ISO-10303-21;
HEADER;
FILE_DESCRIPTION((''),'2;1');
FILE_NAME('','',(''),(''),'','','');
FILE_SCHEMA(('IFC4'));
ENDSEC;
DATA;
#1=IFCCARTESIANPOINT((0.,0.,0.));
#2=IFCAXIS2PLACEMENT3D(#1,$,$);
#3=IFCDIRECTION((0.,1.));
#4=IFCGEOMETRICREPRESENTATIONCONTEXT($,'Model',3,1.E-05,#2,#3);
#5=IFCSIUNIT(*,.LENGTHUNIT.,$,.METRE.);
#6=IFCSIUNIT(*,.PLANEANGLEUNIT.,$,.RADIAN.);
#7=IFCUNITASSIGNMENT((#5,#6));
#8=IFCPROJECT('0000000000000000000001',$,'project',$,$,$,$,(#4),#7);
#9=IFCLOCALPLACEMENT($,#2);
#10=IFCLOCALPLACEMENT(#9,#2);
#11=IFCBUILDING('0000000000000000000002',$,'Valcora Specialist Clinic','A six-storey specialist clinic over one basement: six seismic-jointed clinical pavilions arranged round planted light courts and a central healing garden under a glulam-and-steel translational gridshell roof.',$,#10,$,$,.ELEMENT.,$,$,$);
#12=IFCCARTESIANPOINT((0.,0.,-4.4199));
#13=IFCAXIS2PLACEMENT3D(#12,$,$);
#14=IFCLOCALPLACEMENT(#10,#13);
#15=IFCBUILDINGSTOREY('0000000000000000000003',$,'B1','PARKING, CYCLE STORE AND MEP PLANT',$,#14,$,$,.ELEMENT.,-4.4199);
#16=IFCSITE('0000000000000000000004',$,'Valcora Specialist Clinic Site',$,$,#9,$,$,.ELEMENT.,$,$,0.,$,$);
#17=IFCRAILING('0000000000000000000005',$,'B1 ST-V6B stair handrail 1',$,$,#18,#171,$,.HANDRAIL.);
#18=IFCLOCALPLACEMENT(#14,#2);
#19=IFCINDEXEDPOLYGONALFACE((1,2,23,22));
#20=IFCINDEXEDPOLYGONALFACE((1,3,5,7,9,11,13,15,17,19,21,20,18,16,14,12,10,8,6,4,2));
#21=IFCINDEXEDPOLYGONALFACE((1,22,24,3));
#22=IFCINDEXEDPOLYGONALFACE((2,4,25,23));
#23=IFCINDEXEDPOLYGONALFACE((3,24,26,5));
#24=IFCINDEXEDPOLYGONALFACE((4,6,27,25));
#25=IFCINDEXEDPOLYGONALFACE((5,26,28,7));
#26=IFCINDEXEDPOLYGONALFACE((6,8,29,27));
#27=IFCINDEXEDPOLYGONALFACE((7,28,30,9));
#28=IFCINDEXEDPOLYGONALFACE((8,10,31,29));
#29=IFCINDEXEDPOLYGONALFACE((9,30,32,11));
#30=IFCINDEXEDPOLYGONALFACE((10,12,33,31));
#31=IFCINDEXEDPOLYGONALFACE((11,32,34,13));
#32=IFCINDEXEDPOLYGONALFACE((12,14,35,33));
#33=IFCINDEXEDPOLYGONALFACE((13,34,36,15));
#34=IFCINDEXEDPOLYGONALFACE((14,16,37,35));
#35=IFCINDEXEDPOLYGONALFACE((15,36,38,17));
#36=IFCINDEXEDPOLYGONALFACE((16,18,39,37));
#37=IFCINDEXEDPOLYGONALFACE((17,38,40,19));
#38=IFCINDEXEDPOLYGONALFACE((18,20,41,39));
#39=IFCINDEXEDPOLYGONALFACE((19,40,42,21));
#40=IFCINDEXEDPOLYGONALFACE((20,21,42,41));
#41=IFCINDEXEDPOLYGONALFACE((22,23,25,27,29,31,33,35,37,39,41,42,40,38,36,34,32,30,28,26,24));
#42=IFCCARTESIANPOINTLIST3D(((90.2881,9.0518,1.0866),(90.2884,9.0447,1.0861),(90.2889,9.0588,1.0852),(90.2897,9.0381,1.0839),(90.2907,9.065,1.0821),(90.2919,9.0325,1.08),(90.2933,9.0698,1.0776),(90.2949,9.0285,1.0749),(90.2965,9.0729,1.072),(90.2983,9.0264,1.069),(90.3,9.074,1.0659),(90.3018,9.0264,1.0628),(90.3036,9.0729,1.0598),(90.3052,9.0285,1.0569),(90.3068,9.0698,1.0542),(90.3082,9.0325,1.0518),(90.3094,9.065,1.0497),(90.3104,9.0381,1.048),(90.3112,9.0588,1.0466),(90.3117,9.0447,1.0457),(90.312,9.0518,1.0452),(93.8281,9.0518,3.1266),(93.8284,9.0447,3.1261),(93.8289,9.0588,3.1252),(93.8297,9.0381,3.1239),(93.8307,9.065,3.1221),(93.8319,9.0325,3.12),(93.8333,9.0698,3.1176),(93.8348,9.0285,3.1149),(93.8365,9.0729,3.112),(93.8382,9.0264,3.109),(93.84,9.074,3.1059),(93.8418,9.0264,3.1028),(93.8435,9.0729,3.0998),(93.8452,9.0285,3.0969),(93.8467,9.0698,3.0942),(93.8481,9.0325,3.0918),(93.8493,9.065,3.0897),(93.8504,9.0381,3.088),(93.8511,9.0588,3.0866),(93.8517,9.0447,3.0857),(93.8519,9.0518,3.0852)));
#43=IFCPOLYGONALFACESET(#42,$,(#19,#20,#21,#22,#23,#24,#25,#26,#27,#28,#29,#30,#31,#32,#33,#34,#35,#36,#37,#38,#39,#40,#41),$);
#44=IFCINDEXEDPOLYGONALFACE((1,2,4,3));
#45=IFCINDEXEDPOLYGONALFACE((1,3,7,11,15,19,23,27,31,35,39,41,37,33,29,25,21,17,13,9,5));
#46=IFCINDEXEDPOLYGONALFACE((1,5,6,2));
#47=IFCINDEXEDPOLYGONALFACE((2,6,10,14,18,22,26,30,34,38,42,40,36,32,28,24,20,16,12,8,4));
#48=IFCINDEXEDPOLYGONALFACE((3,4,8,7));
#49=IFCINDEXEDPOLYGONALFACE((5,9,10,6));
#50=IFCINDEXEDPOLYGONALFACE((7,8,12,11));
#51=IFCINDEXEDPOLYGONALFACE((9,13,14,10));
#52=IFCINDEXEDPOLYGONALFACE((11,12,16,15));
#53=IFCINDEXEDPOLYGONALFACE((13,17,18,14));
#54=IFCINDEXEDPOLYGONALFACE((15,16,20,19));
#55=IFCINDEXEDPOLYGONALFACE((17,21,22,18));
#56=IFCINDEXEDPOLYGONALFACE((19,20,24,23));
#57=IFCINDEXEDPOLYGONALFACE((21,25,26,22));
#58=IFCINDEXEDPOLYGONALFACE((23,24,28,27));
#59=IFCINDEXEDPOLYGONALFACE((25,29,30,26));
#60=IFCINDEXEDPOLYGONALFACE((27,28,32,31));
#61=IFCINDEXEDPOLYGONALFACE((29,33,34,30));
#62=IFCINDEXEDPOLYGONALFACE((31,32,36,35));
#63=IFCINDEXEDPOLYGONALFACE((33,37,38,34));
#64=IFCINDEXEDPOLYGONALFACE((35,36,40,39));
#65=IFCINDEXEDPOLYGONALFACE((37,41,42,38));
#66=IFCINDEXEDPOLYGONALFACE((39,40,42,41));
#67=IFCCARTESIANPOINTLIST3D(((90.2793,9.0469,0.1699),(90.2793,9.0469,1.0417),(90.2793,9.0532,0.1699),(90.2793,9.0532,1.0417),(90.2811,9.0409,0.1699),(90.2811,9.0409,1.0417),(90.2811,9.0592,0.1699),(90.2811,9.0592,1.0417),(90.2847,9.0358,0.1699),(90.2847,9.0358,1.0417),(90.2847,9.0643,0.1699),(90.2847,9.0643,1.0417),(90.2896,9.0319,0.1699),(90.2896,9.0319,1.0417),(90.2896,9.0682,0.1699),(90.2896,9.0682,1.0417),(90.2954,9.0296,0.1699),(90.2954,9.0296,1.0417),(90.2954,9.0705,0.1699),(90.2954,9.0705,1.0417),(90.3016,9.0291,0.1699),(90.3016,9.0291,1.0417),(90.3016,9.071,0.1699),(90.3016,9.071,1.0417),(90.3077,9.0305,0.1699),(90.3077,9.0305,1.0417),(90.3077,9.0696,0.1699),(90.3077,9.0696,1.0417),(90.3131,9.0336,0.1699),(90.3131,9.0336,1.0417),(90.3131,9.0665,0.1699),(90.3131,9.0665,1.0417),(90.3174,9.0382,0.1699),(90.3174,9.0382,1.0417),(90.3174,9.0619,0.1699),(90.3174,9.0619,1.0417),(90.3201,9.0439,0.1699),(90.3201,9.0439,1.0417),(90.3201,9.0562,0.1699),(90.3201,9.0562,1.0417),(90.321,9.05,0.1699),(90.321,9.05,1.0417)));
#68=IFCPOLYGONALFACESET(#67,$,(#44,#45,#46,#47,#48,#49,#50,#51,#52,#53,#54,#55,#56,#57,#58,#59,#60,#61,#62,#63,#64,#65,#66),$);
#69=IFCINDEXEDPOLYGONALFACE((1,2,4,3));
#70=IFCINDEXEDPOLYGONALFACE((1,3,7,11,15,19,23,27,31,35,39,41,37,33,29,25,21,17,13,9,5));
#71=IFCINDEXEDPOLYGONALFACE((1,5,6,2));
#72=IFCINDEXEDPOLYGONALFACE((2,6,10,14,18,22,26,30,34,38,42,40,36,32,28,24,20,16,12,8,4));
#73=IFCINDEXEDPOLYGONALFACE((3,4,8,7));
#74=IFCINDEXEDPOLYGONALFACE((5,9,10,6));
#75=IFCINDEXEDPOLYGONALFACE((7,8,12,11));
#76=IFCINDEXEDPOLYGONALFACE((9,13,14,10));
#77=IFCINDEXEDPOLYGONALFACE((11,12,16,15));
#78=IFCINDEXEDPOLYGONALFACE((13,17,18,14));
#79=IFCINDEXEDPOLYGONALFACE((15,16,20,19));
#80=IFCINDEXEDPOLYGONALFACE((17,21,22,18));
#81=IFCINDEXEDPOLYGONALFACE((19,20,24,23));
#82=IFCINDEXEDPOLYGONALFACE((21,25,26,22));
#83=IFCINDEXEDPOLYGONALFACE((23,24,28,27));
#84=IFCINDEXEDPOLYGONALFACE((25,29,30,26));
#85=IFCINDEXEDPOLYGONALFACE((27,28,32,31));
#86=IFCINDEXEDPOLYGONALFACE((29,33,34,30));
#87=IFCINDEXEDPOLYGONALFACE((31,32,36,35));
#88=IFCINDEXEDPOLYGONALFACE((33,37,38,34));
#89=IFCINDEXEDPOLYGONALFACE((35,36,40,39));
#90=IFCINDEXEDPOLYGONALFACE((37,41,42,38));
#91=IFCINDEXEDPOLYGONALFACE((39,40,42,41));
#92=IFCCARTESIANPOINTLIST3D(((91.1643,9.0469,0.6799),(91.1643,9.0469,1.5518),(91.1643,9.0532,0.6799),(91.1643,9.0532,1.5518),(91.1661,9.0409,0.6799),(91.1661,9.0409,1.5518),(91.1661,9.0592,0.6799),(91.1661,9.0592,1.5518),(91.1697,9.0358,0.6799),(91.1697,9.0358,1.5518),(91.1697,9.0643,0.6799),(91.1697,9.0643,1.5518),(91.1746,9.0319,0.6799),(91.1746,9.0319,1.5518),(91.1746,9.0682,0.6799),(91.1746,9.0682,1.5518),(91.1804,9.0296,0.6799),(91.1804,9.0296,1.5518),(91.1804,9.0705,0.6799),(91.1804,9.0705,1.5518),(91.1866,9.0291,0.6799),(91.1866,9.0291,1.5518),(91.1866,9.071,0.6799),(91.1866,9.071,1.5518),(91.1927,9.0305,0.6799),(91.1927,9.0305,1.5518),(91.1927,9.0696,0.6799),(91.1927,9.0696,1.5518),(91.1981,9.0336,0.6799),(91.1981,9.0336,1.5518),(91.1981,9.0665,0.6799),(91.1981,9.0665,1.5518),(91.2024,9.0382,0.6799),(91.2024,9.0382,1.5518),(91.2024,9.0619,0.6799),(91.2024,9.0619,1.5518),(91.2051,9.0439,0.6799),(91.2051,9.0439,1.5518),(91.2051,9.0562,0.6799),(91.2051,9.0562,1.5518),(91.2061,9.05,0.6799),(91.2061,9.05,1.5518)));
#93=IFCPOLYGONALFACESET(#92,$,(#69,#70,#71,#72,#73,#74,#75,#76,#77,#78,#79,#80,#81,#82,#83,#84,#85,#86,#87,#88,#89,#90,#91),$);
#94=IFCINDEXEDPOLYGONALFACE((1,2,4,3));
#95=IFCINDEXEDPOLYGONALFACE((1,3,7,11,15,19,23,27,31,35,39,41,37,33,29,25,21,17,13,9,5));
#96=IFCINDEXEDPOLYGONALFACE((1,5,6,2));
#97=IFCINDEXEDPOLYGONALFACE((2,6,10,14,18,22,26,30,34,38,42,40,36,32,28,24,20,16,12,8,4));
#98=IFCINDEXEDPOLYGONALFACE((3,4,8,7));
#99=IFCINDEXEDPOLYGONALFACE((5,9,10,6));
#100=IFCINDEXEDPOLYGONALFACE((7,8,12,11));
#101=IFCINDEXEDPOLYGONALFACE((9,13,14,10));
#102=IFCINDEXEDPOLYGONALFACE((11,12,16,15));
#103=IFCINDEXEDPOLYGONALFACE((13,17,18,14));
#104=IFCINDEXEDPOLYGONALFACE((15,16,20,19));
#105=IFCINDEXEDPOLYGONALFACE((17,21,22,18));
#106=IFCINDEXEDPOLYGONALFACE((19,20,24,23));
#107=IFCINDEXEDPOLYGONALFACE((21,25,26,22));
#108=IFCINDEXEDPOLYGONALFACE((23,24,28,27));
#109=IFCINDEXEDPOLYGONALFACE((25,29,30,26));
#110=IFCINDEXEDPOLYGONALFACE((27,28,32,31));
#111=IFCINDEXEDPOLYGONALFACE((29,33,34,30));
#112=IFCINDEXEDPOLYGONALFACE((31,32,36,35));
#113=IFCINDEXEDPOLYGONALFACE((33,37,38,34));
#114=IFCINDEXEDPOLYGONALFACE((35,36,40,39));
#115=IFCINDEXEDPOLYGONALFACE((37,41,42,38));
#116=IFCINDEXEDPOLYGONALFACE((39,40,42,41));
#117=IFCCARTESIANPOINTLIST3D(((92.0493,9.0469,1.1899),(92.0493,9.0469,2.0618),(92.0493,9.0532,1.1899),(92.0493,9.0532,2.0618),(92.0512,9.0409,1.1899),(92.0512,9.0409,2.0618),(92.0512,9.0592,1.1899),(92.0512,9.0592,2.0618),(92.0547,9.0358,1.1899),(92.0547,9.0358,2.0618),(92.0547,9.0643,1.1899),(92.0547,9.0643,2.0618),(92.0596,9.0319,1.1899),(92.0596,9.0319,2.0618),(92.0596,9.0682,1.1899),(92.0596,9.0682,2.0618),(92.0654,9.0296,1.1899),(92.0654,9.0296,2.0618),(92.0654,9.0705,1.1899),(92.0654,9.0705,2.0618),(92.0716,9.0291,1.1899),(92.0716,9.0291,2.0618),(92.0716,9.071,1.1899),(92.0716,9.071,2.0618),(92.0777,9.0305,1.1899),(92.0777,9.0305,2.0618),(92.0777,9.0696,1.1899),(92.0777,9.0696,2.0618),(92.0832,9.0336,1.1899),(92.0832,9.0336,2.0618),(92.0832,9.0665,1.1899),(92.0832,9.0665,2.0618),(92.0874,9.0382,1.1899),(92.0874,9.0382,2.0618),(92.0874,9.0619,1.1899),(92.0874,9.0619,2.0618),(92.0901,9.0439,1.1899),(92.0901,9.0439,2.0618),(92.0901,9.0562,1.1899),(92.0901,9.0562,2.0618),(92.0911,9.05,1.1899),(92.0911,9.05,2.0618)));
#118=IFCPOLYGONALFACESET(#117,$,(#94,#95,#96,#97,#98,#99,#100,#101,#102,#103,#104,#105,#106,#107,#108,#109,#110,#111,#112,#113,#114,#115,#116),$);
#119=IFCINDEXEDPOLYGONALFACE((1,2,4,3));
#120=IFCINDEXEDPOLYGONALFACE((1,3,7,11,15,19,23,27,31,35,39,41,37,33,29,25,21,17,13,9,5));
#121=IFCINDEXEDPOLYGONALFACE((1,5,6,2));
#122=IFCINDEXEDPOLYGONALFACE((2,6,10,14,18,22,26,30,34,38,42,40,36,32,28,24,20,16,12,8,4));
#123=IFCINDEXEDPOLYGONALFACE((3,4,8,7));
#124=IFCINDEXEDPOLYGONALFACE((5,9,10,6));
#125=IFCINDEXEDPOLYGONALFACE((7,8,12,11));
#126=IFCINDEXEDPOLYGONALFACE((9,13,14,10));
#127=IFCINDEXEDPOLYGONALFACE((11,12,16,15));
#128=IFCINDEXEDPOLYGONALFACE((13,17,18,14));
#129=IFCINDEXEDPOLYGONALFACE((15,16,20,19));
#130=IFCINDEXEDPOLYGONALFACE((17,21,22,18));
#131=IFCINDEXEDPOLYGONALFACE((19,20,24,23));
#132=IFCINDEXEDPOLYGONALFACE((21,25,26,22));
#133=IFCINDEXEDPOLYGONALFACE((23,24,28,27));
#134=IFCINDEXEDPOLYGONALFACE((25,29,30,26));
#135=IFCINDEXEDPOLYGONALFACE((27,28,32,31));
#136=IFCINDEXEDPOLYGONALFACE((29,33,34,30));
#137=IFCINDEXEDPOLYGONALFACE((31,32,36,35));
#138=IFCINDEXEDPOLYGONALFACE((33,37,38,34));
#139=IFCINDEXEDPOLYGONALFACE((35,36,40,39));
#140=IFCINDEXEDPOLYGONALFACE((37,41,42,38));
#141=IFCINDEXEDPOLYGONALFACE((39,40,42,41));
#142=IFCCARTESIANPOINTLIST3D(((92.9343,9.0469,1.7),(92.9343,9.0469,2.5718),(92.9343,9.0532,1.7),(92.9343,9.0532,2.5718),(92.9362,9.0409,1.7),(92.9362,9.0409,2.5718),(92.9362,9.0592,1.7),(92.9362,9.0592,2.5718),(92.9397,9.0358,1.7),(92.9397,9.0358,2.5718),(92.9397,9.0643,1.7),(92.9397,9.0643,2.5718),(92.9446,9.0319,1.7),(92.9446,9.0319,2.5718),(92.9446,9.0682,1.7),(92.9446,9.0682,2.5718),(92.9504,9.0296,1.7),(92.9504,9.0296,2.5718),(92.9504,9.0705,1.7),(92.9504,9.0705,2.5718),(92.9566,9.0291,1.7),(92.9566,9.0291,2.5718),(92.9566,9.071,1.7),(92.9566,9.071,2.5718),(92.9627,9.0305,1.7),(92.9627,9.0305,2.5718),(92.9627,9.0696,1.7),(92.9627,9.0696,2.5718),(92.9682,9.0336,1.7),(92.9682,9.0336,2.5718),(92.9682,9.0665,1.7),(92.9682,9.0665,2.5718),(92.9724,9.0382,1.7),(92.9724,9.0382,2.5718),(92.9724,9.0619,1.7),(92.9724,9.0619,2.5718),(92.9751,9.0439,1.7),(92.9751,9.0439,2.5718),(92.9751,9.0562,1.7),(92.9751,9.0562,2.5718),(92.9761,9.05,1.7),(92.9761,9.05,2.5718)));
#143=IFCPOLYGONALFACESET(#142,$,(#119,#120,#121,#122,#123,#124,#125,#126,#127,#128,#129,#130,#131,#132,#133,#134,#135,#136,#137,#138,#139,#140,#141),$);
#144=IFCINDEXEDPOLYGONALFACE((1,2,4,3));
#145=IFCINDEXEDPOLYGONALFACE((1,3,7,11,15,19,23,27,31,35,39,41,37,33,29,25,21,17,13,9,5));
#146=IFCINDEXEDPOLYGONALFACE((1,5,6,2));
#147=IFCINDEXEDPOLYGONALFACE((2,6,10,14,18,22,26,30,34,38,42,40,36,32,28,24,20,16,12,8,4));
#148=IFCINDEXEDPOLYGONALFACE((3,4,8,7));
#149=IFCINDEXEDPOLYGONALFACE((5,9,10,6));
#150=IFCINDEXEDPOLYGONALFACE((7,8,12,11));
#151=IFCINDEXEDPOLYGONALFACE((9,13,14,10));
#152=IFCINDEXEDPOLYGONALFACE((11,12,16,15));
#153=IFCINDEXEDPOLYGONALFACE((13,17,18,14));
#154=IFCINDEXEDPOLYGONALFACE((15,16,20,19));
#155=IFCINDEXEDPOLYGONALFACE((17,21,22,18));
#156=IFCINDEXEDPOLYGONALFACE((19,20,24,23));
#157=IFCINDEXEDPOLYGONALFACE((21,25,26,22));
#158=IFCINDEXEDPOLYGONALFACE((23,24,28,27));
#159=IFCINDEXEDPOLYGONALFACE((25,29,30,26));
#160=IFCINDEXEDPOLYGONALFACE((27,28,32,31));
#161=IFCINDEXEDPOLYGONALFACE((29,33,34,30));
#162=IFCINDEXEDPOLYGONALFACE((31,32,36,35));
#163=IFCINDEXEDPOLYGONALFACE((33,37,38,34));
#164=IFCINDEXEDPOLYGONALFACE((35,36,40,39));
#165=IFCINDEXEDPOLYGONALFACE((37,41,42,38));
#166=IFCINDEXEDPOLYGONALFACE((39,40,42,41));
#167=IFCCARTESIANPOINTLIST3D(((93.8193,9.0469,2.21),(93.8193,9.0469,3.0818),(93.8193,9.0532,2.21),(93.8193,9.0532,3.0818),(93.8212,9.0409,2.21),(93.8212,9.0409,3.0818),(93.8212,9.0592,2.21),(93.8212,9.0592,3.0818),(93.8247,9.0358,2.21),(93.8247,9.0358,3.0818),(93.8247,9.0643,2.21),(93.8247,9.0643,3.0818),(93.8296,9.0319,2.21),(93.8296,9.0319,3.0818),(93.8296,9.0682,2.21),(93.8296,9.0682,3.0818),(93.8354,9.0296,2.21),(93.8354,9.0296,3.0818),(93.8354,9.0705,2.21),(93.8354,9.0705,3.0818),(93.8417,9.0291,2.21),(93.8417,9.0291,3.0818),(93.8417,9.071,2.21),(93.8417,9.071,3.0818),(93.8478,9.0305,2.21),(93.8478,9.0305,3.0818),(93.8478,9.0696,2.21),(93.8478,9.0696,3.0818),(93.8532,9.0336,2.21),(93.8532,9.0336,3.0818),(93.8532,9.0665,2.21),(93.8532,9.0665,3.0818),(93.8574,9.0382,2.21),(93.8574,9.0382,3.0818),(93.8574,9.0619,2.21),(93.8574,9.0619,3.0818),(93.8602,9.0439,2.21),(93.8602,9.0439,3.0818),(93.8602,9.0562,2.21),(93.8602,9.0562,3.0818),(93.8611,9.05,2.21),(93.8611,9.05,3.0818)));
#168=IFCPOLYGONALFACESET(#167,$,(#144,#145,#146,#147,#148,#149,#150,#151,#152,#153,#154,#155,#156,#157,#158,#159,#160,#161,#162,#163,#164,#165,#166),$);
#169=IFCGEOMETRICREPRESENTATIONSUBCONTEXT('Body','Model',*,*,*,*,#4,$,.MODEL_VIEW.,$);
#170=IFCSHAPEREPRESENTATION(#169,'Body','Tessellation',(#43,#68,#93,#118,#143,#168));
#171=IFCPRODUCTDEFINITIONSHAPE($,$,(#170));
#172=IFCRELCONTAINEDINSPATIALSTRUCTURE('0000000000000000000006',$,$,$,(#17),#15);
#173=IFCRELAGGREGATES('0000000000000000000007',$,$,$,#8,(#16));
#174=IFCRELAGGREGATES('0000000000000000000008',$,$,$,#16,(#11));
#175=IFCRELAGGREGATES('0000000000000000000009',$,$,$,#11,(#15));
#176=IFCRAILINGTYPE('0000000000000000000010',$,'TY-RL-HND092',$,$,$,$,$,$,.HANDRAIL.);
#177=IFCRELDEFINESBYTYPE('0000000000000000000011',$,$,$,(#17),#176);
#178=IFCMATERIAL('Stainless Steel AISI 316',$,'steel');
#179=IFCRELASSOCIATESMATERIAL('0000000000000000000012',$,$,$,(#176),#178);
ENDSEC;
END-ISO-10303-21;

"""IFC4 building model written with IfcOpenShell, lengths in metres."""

from ifc_helpers import new_model, si_unit, direction, frame, origin, origin_2d, place, context, subcontext, project, spatial, circle, extrude, material, type_object, element, save


model = new_model("IFC4")

# Units and contexts
model_context = context("Model", 3, precision=1e-05, world=origin(), true_north=direction((0.0, 1.0)))
body_context = subcontext(model_context, "Body", "Model", "MODEL_VIEW")
ifc_project = project(units=[si_unit("LENGTHUNIT", "METRE"), si_unit("PLANEANGLEUNIT", "RADIAN")], contexts=[model_context])

# Site, building, storey
site_placement = place(None, origin())
site = spatial("IfcSite", under=ifc_project, at=site_placement, Name="Valcora Specialist Clinic Site", CompositionType="ELEMENT", RefElevation=0.0)
building_placement = place(site_placement, origin())
building = spatial("IfcBuilding", under=site, at=building_placement, Name="Valcora Specialist Clinic", Description="A six-storey specialist clinic over one basement: six seismic-jointed clinical pavilions arranged round planted light courts and a central healing garden under a glulam-and-steel translational gridshell roof.", CompositionType="ELEMENT")
storey_placement = place(building_placement, frame((0.0, 0.0, -4.4199)))
storey = spatial("IfcBuildingStorey", under=building, at=storey_placement, Name="B1", Description="PARKING, CYCLE STORE AND MEP PLANT", CompositionType="ELEMENT", Elevation=-4.4199)

# Railing
ifc_material_1 = material(Name="Stainless Steel AISI 316", Category="steel")
railing_type_1 = type_object("IfcRailingType", Name="TY-RL-HND092", PredefinedType="HANDRAIL", material=ifc_material_1)
railing_1_placement = place(storey_placement, frame((90.3, 9.05, 0.1699)))
element("IfcRailing", 1, at=railing_1_placement, inside=storey, type_object=railing_type_1, Name="B1 ST-V6B stair handrail 1", PredefinedType="HANDRAIL", context=body_context, shape_type="SweptSolid", body=[
    extrude(circle(Radius=0.0239, at=origin_2d()), frame((0.0, 0.0, 0.896), z_axis=(0.866428, 0.0, 0.499302), x_axis=(0.0, 1.0, 0.0)), (0.0, 0.0, 1.0), 4.0857),
    extrude(circle(Radius=0.021, at=origin_2d()), origin(), (0.0, 0.0, 1.0), 0.8718),
    extrude(circle(Radius=0.021, at=origin_2d()), frame((0.885, 0.0, 0.51)), (0.0, 0.0, 1.0), 0.8718),
    extrude(circle(Radius=0.021, at=origin_2d()), frame((1.77, 0.0, 1.02)), (0.0, 0.0, 1.0), 0.8718),
    extrude(circle(Radius=0.021, at=origin_2d()), frame((2.655, 0.0, 1.53)), (0.0, 0.0, 1.0), 0.8718),
    extrude(circle(Radius=0.021, at=origin_2d()), frame((3.54, 0.0, 2.04)), (0.0, 0.0, 1.0), 0.8718),
])

save(model, "model.ifc")
